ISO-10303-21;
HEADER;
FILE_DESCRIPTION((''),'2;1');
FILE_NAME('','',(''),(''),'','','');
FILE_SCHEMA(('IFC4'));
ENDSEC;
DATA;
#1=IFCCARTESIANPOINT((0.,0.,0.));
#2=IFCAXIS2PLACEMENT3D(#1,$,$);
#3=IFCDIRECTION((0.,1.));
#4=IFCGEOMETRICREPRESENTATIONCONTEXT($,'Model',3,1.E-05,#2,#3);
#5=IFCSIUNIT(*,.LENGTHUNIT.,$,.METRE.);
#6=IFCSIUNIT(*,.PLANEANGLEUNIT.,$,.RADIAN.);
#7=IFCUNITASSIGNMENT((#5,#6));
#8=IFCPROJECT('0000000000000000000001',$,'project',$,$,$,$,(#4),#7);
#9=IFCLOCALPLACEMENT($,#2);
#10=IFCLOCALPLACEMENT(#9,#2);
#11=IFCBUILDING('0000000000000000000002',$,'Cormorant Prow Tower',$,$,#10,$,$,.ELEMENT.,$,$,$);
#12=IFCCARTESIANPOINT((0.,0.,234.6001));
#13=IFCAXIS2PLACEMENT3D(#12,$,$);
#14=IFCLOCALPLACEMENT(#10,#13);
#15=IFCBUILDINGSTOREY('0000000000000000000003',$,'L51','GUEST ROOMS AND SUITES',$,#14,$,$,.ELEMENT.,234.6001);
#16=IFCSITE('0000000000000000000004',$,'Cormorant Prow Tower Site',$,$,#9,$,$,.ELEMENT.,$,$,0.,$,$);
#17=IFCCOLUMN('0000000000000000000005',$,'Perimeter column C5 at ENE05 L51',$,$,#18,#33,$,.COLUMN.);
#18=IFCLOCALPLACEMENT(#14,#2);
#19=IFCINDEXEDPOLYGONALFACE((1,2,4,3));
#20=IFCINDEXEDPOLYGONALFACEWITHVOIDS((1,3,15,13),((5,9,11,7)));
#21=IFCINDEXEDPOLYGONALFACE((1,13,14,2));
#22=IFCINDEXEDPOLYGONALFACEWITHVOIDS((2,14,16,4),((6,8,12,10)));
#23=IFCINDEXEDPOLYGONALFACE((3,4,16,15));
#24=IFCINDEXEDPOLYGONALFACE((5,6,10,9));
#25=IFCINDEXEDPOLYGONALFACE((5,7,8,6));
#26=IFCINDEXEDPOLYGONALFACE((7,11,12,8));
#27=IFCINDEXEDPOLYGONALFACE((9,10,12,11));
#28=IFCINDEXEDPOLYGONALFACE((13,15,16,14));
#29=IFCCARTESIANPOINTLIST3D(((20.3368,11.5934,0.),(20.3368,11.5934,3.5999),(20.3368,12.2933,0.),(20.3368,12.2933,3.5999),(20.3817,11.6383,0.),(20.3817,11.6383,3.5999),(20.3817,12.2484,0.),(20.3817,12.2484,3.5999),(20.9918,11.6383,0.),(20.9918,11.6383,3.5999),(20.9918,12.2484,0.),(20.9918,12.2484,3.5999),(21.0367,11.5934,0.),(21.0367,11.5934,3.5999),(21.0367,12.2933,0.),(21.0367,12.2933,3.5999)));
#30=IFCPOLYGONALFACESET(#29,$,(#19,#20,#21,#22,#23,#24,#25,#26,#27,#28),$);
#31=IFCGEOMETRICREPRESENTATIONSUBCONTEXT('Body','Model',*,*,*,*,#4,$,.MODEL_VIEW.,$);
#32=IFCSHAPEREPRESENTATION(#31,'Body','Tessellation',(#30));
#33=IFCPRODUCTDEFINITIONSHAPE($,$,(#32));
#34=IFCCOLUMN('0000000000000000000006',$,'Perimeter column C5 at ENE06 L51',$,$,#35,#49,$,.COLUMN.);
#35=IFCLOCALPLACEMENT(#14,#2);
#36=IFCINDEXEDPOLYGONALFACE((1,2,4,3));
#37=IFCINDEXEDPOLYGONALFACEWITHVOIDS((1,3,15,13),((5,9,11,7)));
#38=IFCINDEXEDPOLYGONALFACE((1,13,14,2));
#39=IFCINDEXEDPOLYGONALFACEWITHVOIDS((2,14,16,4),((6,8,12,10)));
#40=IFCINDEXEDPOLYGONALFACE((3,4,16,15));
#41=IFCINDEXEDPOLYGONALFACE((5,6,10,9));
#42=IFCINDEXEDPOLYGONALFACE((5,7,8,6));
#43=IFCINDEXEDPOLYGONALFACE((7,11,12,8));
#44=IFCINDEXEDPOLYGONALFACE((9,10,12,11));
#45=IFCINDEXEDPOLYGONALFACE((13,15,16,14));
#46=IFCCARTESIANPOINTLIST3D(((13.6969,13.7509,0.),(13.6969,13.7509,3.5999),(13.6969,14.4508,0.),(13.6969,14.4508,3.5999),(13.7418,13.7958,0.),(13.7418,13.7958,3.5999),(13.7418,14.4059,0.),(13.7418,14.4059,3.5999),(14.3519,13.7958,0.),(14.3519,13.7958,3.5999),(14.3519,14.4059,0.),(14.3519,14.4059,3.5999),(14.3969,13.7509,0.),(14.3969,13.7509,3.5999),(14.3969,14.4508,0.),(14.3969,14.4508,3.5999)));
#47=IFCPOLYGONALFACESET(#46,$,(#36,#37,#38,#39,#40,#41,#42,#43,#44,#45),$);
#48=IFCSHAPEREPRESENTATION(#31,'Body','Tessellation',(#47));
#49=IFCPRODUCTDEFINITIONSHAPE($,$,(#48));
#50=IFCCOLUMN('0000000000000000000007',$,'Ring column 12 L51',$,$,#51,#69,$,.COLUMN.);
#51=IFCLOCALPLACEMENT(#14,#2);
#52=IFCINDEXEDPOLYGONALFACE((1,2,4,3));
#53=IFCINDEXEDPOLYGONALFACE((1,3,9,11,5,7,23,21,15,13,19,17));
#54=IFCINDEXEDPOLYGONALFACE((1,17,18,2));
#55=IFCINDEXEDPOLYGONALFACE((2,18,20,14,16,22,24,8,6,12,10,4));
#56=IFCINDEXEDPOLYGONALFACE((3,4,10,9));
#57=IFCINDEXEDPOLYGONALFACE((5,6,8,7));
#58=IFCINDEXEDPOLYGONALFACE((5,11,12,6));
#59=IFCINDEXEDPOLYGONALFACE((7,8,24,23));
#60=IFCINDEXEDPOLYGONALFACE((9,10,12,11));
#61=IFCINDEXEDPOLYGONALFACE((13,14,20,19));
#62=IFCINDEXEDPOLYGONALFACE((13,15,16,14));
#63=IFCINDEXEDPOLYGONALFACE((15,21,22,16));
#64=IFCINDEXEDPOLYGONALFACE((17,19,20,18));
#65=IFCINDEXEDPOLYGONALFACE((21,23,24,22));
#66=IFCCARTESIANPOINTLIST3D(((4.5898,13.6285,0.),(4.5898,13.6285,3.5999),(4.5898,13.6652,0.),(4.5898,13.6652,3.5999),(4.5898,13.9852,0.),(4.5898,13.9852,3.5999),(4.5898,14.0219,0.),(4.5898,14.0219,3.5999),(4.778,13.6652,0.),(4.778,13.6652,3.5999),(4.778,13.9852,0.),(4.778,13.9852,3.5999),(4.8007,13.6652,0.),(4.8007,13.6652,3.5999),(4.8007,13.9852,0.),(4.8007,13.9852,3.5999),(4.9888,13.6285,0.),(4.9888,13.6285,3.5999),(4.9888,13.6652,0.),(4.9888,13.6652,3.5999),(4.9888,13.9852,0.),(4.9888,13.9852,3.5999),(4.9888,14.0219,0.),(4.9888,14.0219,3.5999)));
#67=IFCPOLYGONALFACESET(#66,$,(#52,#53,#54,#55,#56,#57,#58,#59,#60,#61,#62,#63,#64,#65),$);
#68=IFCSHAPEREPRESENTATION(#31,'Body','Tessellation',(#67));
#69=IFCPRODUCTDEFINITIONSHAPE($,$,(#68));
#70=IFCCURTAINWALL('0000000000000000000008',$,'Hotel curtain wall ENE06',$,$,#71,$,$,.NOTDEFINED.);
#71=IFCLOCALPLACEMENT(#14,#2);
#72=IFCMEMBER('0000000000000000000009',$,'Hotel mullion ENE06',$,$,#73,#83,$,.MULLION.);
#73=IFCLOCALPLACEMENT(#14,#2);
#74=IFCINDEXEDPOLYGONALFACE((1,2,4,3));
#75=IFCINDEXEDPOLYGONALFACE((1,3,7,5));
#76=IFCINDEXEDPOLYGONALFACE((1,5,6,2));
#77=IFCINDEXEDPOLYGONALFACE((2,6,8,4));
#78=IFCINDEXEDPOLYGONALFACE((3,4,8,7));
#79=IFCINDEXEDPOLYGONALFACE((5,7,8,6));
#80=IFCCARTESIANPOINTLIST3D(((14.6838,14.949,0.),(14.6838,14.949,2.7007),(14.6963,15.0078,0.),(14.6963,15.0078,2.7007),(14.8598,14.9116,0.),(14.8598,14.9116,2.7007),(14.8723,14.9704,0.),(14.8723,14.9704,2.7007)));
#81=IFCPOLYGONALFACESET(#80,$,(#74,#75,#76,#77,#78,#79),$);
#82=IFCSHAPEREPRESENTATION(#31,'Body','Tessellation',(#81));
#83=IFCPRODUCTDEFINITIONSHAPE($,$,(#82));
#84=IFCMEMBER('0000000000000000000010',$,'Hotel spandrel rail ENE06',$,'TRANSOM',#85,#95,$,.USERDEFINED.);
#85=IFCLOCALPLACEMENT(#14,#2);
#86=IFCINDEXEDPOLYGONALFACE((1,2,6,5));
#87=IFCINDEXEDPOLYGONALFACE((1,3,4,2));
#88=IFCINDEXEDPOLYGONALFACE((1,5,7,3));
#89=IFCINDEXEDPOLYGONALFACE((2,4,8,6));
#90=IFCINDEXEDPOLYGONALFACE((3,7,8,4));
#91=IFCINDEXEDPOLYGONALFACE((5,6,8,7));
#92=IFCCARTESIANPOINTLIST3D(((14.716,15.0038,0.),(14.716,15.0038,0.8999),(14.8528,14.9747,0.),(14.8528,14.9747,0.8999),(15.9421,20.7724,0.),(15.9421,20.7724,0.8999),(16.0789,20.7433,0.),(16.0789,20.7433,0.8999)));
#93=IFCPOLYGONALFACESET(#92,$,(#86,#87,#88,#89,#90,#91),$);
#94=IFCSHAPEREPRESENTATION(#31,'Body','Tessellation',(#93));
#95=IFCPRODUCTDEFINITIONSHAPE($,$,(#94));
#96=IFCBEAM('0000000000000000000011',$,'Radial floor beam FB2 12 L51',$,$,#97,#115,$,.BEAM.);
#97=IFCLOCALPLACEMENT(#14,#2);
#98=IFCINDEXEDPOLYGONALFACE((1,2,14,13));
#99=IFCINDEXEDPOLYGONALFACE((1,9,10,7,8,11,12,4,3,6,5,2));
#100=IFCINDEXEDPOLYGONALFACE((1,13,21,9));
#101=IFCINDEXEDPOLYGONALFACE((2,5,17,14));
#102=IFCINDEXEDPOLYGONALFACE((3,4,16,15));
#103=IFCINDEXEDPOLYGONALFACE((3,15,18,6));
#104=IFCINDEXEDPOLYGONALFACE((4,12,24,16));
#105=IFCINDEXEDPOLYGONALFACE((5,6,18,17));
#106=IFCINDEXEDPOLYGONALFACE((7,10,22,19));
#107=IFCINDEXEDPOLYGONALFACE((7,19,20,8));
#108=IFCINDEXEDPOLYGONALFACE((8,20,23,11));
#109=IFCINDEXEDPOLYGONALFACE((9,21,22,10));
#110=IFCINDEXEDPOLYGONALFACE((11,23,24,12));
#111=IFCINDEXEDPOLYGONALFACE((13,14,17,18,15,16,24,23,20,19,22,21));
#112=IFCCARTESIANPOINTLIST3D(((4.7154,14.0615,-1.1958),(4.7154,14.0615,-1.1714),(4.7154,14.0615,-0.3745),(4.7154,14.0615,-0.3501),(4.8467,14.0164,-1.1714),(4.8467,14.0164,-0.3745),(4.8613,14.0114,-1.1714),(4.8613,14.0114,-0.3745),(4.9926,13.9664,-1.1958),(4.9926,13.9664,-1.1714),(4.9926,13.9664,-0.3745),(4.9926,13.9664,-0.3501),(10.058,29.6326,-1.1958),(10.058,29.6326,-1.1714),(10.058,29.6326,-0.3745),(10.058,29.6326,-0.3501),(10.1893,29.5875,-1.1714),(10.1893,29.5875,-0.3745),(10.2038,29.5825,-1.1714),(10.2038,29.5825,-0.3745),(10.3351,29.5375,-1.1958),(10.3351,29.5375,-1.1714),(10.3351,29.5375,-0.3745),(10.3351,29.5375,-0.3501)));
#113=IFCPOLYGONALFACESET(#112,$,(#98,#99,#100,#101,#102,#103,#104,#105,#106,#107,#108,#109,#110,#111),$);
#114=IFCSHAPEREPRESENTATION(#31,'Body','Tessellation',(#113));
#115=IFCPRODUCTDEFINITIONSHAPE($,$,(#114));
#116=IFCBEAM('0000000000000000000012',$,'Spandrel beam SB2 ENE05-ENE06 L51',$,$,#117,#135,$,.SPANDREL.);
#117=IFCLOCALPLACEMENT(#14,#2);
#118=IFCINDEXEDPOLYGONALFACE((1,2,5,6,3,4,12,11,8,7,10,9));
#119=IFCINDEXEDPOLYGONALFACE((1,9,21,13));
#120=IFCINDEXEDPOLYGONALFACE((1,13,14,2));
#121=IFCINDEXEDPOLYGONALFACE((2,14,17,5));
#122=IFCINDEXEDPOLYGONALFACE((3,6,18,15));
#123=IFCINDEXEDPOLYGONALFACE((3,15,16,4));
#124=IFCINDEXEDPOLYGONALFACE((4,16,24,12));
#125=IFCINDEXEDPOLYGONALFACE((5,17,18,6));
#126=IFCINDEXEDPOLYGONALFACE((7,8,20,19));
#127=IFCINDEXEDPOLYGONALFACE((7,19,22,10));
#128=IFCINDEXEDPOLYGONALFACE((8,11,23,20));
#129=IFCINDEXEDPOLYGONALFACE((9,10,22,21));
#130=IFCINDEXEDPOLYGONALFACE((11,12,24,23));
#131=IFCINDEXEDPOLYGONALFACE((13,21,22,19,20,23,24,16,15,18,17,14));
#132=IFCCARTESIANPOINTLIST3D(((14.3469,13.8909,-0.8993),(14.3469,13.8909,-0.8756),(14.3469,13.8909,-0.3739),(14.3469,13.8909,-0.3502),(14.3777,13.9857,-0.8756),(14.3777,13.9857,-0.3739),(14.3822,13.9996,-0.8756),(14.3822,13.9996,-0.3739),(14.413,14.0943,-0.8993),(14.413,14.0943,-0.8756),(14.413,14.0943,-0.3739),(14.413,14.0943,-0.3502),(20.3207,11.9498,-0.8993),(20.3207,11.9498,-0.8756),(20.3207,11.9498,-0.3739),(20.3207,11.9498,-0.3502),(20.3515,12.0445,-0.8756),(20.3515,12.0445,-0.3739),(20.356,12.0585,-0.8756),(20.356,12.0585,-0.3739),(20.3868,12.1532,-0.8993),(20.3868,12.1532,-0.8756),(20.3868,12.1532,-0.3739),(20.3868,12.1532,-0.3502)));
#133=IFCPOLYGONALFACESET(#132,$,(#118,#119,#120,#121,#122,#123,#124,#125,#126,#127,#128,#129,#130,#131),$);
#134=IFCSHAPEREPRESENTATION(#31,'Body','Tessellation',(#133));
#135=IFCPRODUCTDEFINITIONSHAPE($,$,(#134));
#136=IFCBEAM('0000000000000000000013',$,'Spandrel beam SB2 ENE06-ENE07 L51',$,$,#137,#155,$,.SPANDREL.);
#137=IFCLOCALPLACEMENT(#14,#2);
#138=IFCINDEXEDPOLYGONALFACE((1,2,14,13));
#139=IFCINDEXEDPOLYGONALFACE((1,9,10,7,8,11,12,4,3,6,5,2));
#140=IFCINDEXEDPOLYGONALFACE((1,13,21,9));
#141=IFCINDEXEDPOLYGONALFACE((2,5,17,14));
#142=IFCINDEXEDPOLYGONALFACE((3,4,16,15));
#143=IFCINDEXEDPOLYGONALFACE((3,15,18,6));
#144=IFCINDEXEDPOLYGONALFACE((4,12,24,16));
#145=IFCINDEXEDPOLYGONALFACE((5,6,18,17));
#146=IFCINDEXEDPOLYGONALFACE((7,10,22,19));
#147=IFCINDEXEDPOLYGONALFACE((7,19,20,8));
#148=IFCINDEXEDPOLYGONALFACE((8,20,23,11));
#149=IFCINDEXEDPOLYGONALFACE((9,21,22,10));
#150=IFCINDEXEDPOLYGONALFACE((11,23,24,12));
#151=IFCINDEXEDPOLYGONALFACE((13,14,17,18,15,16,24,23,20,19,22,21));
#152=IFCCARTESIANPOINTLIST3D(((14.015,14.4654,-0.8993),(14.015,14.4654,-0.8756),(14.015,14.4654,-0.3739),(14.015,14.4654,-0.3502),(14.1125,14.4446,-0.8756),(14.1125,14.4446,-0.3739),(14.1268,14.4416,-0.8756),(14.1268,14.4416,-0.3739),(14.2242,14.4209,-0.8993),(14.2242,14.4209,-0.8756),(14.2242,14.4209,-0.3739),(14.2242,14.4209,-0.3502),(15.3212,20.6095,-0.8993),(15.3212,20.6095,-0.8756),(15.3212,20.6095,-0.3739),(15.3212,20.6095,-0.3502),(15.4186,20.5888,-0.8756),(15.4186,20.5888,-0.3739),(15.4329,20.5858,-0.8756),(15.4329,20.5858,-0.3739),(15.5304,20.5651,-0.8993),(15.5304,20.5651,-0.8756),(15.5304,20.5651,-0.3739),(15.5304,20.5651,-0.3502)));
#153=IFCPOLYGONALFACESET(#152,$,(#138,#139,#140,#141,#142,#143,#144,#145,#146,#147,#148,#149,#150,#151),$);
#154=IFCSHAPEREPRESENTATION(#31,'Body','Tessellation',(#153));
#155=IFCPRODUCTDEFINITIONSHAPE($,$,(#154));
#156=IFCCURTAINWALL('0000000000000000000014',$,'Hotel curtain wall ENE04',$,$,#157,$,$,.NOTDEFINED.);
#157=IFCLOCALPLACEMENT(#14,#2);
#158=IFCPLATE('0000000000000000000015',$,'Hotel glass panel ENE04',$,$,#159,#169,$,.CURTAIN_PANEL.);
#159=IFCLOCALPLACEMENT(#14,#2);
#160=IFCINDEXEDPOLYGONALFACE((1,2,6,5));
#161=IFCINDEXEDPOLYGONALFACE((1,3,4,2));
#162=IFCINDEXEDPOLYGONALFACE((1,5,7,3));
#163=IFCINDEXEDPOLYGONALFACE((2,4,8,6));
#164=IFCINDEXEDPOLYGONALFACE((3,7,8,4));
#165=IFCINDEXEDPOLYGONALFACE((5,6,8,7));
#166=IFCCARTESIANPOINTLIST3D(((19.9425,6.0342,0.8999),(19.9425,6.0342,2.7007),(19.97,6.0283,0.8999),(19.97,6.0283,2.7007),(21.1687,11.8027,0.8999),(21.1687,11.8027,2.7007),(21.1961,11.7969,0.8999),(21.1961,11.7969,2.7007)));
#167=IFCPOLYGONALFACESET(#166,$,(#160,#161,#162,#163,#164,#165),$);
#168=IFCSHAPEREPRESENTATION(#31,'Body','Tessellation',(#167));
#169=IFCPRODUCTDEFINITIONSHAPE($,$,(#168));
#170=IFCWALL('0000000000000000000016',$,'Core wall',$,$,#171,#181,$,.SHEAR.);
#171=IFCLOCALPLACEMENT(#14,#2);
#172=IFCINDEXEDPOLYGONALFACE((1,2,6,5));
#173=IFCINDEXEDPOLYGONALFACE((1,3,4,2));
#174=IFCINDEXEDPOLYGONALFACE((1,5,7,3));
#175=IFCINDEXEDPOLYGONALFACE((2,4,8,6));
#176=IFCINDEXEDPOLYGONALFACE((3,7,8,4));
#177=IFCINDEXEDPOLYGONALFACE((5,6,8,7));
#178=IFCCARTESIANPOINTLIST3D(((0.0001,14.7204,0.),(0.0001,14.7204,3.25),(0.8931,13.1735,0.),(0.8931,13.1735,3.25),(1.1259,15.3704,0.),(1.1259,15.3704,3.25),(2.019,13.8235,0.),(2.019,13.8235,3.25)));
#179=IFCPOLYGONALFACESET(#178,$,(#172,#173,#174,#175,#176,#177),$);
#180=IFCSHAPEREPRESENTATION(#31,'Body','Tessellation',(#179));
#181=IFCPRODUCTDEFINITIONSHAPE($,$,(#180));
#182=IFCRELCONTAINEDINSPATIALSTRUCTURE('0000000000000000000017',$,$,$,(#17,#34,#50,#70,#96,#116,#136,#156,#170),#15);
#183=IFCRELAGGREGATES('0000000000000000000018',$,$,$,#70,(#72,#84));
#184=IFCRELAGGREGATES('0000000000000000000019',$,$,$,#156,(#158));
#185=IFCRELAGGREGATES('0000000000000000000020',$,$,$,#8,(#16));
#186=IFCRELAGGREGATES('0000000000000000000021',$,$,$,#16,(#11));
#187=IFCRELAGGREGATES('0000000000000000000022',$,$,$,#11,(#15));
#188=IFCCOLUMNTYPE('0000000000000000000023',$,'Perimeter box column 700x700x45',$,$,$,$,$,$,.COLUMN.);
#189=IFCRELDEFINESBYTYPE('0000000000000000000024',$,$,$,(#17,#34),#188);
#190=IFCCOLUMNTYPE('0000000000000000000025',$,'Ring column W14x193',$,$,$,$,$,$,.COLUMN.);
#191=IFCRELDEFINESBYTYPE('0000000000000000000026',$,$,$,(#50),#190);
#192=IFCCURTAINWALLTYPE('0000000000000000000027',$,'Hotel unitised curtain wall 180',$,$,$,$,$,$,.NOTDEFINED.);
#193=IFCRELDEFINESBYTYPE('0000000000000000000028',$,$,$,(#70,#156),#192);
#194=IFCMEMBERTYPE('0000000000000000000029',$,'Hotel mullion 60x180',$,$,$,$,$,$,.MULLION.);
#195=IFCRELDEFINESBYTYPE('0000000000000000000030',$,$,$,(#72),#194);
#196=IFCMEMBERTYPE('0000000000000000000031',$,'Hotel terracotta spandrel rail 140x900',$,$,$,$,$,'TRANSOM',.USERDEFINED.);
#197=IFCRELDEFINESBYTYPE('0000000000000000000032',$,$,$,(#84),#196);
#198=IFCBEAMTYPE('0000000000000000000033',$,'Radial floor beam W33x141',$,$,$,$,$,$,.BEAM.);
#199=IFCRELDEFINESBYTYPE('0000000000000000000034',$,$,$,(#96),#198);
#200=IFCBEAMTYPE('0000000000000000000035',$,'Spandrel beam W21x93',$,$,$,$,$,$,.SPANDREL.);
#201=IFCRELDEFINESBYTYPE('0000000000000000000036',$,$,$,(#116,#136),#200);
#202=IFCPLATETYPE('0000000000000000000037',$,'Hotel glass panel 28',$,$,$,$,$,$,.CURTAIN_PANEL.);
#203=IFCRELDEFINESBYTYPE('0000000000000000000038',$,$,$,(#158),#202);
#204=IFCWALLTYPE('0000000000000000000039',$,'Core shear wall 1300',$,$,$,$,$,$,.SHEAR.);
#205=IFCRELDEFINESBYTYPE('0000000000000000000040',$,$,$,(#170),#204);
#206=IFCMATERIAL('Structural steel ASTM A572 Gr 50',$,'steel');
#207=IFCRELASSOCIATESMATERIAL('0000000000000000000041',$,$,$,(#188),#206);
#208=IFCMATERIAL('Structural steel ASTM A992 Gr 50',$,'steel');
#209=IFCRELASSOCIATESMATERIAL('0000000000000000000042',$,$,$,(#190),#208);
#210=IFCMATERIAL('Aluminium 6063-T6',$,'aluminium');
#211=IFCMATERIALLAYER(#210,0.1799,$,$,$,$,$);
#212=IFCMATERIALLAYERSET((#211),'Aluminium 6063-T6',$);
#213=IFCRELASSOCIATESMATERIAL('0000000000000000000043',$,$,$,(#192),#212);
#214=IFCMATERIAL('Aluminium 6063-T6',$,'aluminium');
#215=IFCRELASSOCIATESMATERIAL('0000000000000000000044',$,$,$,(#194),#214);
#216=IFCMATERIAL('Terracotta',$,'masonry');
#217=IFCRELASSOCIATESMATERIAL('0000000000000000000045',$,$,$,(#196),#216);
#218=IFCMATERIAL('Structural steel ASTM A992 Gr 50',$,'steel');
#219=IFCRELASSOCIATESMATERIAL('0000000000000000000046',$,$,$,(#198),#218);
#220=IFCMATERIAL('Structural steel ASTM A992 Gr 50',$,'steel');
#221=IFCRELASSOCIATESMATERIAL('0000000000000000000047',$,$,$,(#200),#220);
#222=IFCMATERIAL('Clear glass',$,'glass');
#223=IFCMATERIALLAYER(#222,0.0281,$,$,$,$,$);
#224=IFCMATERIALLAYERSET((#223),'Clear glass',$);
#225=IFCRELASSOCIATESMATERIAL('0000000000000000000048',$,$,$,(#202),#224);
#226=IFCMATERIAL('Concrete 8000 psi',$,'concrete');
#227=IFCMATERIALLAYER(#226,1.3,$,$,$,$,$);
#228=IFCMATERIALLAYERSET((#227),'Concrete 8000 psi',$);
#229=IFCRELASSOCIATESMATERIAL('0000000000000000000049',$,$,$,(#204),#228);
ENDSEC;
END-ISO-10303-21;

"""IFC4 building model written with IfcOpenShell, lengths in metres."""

from ifc_helpers import new_model, si_unit, direction, frame, frame_2d, origin, origin_2d, place, context, subcontext, project, spatial, rectangle, hollow_rectangle, i_section, extrude, material, layer, layer_set, material_profile, profile_set, type_object, element, aggregate, save


model = new_model("IFC4")

# Units and contexts
model_context = context("Model", 3, precision=1e-05, world=origin(), true_north=direction((0.0, 1.0)))
body_context = subcontext(model_context, "Body", "Model", "MODEL_VIEW")
ifc_project = project(units=[si_unit("LENGTHUNIT", "METRE"), si_unit("PLANEANGLEUNIT", "RADIAN")], contexts=[model_context])

# Site, building, storey
site_placement = place(None, origin())
site = spatial("IfcSite", under=ifc_project, at=site_placement, Name="Cormorant Prow Tower Site", CompositionType="ELEMENT", RefElevation=0.0)
building_placement = place(site_placement, origin())
building = spatial("IfcBuilding", under=site, at=building_placement, Name="Cormorant Prow Tower", CompositionType="ELEMENT")
storey_placement = place(building_placement, frame((0.0, 0.0, 234.6001)))
storey = spatial("IfcBuildingStorey", under=building, at=storey_placement, Name="L51", Description="GUEST ROOMS AND SUITES", CompositionType="ELEMENT", Elevation=234.6001)

# Columns
ifc_material_1 = material(Name="Structural steel ASTM A572 Gr 50", Category="steel")
ifc_material_profile_1 = material_profile(ifc_material_1, hollow_rectangle(XDim=0.7, YDim=0.7, WallThickness=0.0449, at=origin_2d()), Name="Box 700x700x45")
ifc_profile_set_1 = profile_set([ifc_material_profile_1], Name="Structural steel ASTM A572 Gr 50")
column_type_1 = type_object("IfcColumnType", Name="Perimeter box column 700x700x45", PredefinedType="COLUMN", material=ifc_profile_set_1)
for number, where, z_axis, x_axis, name in (
    (1, (20.6868, 11.9434, 0.0), (0.0, 0.0, 1.0), (1.0, 0.0, 0.0), "Perimeter column C5 at ENE05 L51"),
    (2, (14.0469, 14.1008, 0.0), (0.0, 0.0, 1.0), (1.0, 0.0, 0.0), "Perimeter column C5 at ENE06 L51"),
):
    element("IfcColumn", number, at=place(storey_placement, frame(where, z_axis=z_axis, x_axis=x_axis)), inside=storey, type_object=column_type_1, Name=name, PredefinedType="COLUMN", context=body_context, shape_type="SweptSolid", body=[
        extrude(hollow_rectangle(XDim=0.7, YDim=0.7, WallThickness=0.0449, at=origin_2d()), origin(), (0.0, 0.0, 1.0), 3.5999),
    ])
ifc_material_2 = material(Name="Structural steel ASTM A992 Gr 50", Category="steel")
ifc_material_profile_2 = material_profile(ifc_material_2, i_section(OverallWidth=0.3989, OverallDepth=0.3933, WebThickness=0.0227, FlangeThickness=0.0366, at=origin_2d()), Name="W14x193")
ifc_profile_set_2 = profile_set([ifc_material_profile_2], Name="Structural steel ASTM A992 Gr 50")
column_type_2 = type_object("IfcColumnType", Name="Ring column W14x193", PredefinedType="COLUMN", material=ifc_profile_set_2)
column_placement = place(storey_placement, frame((4.7893, 13.8252, 0.0), z_axis=(0.0, 0.0, 1.0), x_axis=(1.0, 0.0, 0.0)))
element("IfcColumn", 3, at=column_placement, inside=storey, type_object=column_type_2, Name="Ring column 12 L51", PredefinedType="COLUMN", context=body_context, shape_type="SweptSolid", body=[
    extrude(i_section(OverallWidth=0.3989, OverallDepth=0.3933, WebThickness=0.0227, FlangeThickness=0.0366, at=origin_2d()), origin(), (0.0, 0.0, 1.0), 3.5999),
])

# Curtain wall, members
ifc_material_3 = material(Name="Aluminium 6063-T6", Category="aluminium")
ifc_layer_1 = layer(ifc_material_3, 0.1799)
ifc_layer_set_1 = layer_set([ifc_layer_1], Name="Aluminium 6063-T6")
curtain_wall_type = type_object("IfcCurtainWallType", Name="Hotel unitised curtain wall 180", PredefinedType="NOTDEFINED", material=ifc_layer_set_1)
curtain_wall_1_placement = place(storey_placement, origin())
curtain_wall_1 = element("IfcCurtainWall", 4, at=curtain_wall_1_placement, inside=storey, type_object=curtain_wall_type, Name="Hotel curtain wall ENE06", PredefinedType="NOTDEFINED")
ifc_material_4 = material(Name="Aluminium 6063-T6", Category="aluminium")
ifc_material_profile_3 = material_profile(ifc_material_4, rectangle(XDim=0.1799, YDim=0.0601, at=origin_2d()), Name="Hotel mullion 60x180")
ifc_profile_set_3 = profile_set([ifc_material_profile_3], Name="Aluminium 6063-T6")
member_type_1 = type_object("IfcMemberType", Name="Hotel mullion 60x180", PredefinedType="MULLION", material=ifc_profile_set_3)
member_1_placement = place(storey_placement, frame((14.7781, 14.9597, 0.0), z_axis=(0.0, 0.0, 1.0), x_axis=(-0.978148, 0.207912, 0.0)))
member_1 = element("IfcMember", 5, at=member_1_placement, type_object=member_type_1, Name="Hotel mullion ENE06", PredefinedType="MULLION", context=body_context, shape_type="SweptSolid", body=[
    extrude(rectangle(XDim=0.1799, YDim=0.0601, at=origin_2d()), origin(), (0.0, 0.0, 1.0), 2.7007),
])
ifc_material_5 = material(Name="Terracotta", Category="masonry")
ifc_material_profile_4 = material_profile(ifc_material_5, rectangle(XDim=0.1399, YDim=0.8999, at=origin_2d()), Name="Hotel terracotta spandrel rail 140x900")
ifc_profile_set_4 = profile_set([ifc_material_profile_4], Name="Terracotta")
member_type_2 = type_object("IfcMemberType", Name="Hotel terracotta spandrel rail 140x900", ElementType="TRANSOM", PredefinedType="USERDEFINED", material=ifc_profile_set_4)
member_2_placement = place(storey_placement, frame((14.7844, 14.9893, 0.45), z_axis=(0.2079, 0.97815, 0.0), x_axis=(-0.97815, 0.2079, 0.0)))
member_2 = element("IfcMember", 6, at=member_2_placement, type_object=member_type_2, Name="Hotel spandrel rail ENE06", ObjectType="TRANSOM", PredefinedType="USERDEFINED", context=body_context, shape_type="SweptSolid", body=[
    extrude(rectangle(XDim=0.1399, YDim=0.8999, at=origin_2d()), origin(), (0.0, 0.0, 1.0), 5.8975),
])
aggregate(curtain_wall_1, [member_1, member_2])

# Beams
ifc_material_6 = material(Name="Structural steel ASTM A992 Gr 50", Category="steel")
ifc_material_profile_5 = material_profile(ifc_material_6, i_section(OverallWidth=0.293, OverallDepth=0.8457, WebThickness=0.0154, FlangeThickness=0.0244, at=origin_2d()), Name="W33x141")
ifc_profile_set_5 = profile_set([ifc_material_profile_5], Name="Structural steel ASTM A992 Gr 50")
beam_type_1 = type_object("IfcBeamType", Name="Radial floor beam W33x141", PredefinedType="BEAM", material=ifc_profile_set_5)
beam_1_placement = place(storey_placement, frame((4.854, 14.0139, -0.7729), z_axis=(0.324536, 0.945874, 0.0), x_axis=(-0.945874, 0.324536, 0.0)))
element("IfcBeam", 7, at=beam_1_placement, inside=storey, type_object=beam_type_1, Name="Radial floor beam FB2 12 L51", PredefinedType="BEAM", context=body_context, shape_type="SweptSolid", body=[
    extrude(i_section(OverallWidth=0.293, OverallDepth=0.8457, WebThickness=0.0154, FlangeThickness=0.0244, at=origin_2d()), origin(), (0.0, 0.0, 1.0), 16.4622),
])
ifc_material_7 = material(Name="Structural steel ASTM A992 Gr 50", Category="steel")
ifc_material_profile_6 = material_profile(ifc_material_7, i_section(OverallWidth=0.2139, OverallDepth=0.5491, WebThickness=0.0146, FlangeThickness=0.0237, at=origin_2d()), Name="W21x93")
ifc_profile_set_6 = profile_set([ifc_material_profile_6], Name="Structural steel ASTM A992 Gr 50")
beam_type_2 = type_object("IfcBeamType", Name="Spandrel beam W21x93", PredefinedType="SPANDREL", material=ifc_profile_set_6)
beam_2_placement = place(storey_placement, frame((20.3538, 12.0515, -0.6248), z_axis=(-0.95105, 0.309036, 0.0), x_axis=(-0.309036, -0.95105, 0.0)))
element("IfcBeam", 8, at=beam_2_placement, inside=storey, type_object=beam_type_2, Name="Spandrel beam SB2 ENE05-ENE06 L51", PredefinedType="SPANDREL", context=body_context, shape_type="SweptSolid", body=[
    extrude(i_section(OverallWidth=0.2139, OverallDepth=0.5491, WebThickness=0.0146, FlangeThickness=0.0237, at=origin_2d()), origin(), (0.0, 0.0, 1.0), 6.2812),
])
beam_3_placement = place(storey_placement, frame((14.1196, 14.4431, -0.6248), z_axis=(0.207934, 0.978143, 0.0), x_axis=(-0.978143, 0.207934, 0.0)))
element("IfcBeam", 9, at=beam_3_placement, inside=storey, type_object=beam_type_2, Name="Spandrel beam SB2 ENE06-ENE07 L51", PredefinedType="SPANDREL", context=body_context, shape_type="SweptSolid", body=[
    extrude(i_section(OverallWidth=0.2139, OverallDepth=0.5491, WebThickness=0.0146, FlangeThickness=0.0237, at=origin_2d()), origin(), (0.0, 0.0, 1.0), 6.2815),
])

# Curtain wall, plate
curtain_wall_2_placement = place(storey_placement, origin())
curtain_wall_2 = element("IfcCurtainWall", 10, at=curtain_wall_2_placement, inside=storey, type_object=curtain_wall_type, Name="Hotel curtain wall ENE04", PredefinedType="NOTDEFINED")
ifc_material_8 = material(Name="Clear glass", Category="glass")
ifc_layer_2 = layer(ifc_material_8, 0.0281)
ifc_layer_set_2 = layer_set([ifc_layer_2], Name="Clear glass")
plate_type = type_object("IfcPlateType", Name="Hotel glass panel 28", PredefinedType="CURTAIN_PANEL", material=ifc_layer_set_2)
plate_placement = place(storey_placement, frame((20.5693, 8.9155, 0.8999), z_axis=(0.0, 0.0, 1.0), x_axis=(0.207912, 0.978148, 0.0)))
plate = element("IfcPlate", 11, at=plate_placement, type_object=plate_type, Name="Hotel glass panel ENE04", PredefinedType="CURTAIN_PANEL", context=body_context, shape_type="SweptSolid", body=[
    extrude(rectangle(XDim=5.8975, YDim=0.0281, at=origin_2d()), origin(), (0.0, 0.0, 1.0), 1.8008),
])
aggregate(curtain_wall_2, [plate])

# Wall
ifc_material_9 = material(Name="Concrete 8000 psi", Category="concrete")
ifc_layer_3 = layer(ifc_material_9, 1.3)
ifc_layer_set_3 = layer_set([ifc_layer_3], Name="Concrete 8000 psi")
wall_type_1 = type_object("IfcWallType", Name="Core shear wall 1300", PredefinedType="SHEAR", material=ifc_layer_set_3)
wall_1_placement = place(storey_placement, frame((1.4561, 13.4985, 0.0), z_axis=(0.0, 0.0, 1.0), x_axis=(-0.499991, 0.866031, 0.0)))
element("IfcWall", 12, at=wall_1_placement, inside=storey, type_object=wall_type_1, Name="Core wall", PredefinedType="SHEAR", context=body_context, shape_type="SweptSolid", body=[
    extrude(rectangle(XDim=1.7861, YDim=1.3, at=frame_2d((0.8931, 0.0))), origin(), (0.0, 0.0, 1.0), 3.25),
])

save(model, "model.ifc")
